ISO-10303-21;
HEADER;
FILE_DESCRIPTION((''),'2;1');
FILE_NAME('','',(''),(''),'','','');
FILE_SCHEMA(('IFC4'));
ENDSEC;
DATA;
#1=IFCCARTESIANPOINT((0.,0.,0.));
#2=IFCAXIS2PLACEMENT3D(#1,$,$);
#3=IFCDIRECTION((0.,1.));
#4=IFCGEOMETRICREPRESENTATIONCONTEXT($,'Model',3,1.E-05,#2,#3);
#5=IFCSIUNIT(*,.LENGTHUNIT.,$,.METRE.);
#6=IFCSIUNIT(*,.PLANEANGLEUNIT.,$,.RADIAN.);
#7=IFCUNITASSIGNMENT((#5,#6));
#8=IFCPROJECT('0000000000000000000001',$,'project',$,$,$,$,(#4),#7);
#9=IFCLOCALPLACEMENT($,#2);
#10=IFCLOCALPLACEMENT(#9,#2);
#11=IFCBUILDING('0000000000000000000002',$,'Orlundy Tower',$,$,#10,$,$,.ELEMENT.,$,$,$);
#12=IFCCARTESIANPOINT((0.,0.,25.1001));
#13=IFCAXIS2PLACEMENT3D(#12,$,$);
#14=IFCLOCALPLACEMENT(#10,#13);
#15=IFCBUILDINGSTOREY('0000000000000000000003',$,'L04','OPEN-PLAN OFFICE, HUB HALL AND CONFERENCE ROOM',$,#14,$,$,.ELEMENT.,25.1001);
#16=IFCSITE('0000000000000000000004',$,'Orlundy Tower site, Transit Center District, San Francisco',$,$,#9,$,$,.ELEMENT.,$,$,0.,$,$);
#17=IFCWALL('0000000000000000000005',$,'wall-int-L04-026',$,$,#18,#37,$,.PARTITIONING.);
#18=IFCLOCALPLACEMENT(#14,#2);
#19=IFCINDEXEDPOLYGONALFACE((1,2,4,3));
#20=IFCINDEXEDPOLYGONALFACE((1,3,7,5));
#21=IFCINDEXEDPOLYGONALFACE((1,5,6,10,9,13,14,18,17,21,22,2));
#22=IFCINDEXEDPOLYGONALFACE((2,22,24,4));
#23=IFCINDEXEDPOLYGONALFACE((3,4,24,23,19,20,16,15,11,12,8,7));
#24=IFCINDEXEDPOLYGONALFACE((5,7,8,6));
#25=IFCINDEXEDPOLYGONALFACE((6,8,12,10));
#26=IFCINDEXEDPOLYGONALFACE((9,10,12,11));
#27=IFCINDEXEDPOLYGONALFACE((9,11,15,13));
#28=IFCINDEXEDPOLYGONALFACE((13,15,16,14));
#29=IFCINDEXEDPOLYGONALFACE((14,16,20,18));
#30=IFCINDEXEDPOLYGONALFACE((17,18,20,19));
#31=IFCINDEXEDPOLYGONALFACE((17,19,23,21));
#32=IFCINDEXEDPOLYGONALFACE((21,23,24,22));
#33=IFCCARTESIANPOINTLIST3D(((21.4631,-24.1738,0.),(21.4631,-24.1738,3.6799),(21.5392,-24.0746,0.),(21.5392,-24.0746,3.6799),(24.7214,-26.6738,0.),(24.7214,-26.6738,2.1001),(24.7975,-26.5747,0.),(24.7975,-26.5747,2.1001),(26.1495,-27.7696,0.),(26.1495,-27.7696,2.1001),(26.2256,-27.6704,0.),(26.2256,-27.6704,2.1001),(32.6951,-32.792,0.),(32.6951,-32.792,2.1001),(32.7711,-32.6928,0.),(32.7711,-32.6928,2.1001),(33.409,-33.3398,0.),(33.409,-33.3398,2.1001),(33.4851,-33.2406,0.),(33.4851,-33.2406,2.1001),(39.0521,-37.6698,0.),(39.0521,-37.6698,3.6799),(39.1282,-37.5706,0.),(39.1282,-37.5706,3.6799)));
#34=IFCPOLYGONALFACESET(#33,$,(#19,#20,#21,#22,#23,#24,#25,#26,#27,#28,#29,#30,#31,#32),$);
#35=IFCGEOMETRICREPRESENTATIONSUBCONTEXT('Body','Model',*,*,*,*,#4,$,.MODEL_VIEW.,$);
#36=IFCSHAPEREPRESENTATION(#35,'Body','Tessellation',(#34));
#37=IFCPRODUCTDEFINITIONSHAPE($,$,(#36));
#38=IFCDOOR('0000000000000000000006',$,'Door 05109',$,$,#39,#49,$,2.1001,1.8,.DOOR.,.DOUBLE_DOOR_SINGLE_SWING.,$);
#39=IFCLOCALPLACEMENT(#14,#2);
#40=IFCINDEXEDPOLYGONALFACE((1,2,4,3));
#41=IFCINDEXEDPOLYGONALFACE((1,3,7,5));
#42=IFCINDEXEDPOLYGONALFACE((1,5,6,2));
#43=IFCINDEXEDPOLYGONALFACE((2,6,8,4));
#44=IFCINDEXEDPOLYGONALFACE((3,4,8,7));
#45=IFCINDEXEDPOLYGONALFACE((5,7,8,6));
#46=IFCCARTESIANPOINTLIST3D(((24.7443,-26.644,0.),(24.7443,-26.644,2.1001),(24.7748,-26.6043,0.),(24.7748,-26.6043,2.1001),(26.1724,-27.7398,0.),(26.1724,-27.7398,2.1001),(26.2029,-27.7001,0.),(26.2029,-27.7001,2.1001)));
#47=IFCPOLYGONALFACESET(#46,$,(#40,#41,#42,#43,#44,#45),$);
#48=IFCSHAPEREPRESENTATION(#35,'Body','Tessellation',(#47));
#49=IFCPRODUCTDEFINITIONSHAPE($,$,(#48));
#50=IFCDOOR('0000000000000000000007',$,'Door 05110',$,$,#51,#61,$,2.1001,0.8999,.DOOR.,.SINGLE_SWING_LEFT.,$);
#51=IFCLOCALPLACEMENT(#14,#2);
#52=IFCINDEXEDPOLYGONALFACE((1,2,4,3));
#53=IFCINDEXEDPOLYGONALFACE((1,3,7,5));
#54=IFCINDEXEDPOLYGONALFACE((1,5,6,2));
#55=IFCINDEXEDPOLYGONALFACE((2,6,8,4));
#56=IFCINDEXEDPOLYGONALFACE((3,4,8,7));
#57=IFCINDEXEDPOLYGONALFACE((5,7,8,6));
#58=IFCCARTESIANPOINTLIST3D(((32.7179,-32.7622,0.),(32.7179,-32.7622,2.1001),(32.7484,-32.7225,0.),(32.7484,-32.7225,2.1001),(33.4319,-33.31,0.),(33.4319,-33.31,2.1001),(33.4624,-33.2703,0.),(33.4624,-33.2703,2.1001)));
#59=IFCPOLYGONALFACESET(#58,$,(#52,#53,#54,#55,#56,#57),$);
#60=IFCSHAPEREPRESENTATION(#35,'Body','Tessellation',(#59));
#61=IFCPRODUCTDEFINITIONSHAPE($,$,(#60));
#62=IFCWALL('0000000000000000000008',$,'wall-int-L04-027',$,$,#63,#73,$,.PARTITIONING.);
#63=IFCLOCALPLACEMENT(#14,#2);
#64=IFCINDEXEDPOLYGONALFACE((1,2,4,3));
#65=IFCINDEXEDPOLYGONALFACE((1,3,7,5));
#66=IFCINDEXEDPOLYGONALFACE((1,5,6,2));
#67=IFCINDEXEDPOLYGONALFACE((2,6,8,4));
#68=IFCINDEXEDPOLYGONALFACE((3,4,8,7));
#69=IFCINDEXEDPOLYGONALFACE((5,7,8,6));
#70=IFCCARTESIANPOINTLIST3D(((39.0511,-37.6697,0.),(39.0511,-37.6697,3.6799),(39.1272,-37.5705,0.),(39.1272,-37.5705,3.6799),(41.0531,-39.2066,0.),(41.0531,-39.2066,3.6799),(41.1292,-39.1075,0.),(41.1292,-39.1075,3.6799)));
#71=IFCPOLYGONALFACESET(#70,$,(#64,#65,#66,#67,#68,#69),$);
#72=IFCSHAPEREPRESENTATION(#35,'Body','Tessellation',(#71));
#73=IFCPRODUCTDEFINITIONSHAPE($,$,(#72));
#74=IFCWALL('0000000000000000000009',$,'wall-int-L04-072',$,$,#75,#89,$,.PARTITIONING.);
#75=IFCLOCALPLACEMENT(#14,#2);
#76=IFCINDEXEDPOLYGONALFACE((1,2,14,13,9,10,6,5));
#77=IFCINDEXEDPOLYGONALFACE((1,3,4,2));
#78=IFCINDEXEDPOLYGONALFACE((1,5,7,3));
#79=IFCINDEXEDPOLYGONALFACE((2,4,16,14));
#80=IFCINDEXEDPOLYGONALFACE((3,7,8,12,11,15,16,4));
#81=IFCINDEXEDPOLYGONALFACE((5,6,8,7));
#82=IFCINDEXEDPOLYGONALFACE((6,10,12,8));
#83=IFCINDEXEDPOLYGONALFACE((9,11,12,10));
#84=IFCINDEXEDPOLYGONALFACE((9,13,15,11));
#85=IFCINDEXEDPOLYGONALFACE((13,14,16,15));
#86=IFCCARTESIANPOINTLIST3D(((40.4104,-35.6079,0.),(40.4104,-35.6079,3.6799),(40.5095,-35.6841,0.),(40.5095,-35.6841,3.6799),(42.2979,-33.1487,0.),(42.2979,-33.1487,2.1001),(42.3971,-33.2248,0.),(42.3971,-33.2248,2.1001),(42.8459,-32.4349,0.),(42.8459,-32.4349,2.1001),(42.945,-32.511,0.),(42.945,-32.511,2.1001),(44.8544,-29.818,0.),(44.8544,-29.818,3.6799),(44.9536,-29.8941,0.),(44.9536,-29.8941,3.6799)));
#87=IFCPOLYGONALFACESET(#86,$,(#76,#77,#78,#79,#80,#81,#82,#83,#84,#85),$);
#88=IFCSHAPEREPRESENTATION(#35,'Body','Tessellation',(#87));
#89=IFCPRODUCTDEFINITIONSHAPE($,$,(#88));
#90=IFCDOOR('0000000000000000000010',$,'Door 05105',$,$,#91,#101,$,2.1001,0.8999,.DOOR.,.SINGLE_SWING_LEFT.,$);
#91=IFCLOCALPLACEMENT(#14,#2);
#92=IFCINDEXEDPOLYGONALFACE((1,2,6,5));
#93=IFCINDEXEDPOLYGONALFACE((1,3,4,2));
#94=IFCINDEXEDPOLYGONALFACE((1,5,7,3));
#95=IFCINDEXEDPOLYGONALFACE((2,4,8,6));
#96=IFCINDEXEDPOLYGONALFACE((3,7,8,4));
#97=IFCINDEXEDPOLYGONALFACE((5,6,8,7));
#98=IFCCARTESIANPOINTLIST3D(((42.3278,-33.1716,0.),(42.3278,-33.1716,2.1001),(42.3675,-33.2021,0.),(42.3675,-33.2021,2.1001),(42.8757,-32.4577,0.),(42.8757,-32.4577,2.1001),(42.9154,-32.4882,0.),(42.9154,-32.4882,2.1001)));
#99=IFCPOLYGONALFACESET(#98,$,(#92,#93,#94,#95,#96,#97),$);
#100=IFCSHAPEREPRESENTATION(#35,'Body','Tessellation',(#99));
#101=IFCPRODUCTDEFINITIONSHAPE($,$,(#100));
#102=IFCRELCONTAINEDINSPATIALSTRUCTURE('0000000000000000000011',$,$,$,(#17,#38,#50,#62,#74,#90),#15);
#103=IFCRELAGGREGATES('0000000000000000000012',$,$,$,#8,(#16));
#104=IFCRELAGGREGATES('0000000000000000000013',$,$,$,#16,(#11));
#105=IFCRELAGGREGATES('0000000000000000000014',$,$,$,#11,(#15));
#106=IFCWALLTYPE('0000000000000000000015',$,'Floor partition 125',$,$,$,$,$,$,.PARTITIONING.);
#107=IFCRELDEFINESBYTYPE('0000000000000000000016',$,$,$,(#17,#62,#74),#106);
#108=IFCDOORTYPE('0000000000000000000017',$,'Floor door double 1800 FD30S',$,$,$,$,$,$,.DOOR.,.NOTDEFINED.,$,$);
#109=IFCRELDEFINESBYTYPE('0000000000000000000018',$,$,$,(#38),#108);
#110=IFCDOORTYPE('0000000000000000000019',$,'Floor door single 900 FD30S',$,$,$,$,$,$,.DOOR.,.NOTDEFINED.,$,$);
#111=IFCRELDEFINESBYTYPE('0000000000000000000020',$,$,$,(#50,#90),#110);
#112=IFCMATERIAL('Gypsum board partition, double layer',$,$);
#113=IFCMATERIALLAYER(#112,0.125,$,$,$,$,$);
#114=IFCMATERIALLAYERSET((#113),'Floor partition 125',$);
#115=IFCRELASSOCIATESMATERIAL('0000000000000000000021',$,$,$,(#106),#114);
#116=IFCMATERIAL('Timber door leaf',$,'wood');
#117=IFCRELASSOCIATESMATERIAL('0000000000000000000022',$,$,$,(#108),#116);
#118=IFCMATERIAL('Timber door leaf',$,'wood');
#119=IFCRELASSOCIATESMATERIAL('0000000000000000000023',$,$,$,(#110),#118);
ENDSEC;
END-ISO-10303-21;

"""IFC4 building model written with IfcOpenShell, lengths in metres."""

from ifc_helpers import new_model, si_unit, direction, frame, frame_2d, origin, place, context, subcontext, project, spatial, rectangle, extrude, material, layer, layer_set, type_object, element, fill, save


model = new_model("IFC4")

# Units and contexts
model_context = context("Model", 3, precision=1e-05, world=origin(), true_north=direction((0.0, 1.0)))
body_context = subcontext(model_context, "Body", "Model", "MODEL_VIEW")
ifc_project = project(units=[si_unit("LENGTHUNIT", "METRE"), si_unit("PLANEANGLEUNIT", "RADIAN")], contexts=[model_context])

# Site, building, storey
site_placement = place(None, origin())
site = spatial("IfcSite", under=ifc_project, at=site_placement, Name="Orlundy Tower site, Transit Center District, San Francisco", CompositionType="ELEMENT", RefElevation=0.0)
building_placement = place(site_placement, origin())
building = spatial("IfcBuilding", under=site, at=building_placement, Name="Orlundy Tower", CompositionType="ELEMENT")
storey_placement = place(building_placement, frame((0.0, 0.0, 25.1001)))
storey = spatial("IfcBuildingStorey", under=building, at=storey_placement, Name="L04", Description="OPEN-PLAN OFFICE, HUB HALL AND CONFERENCE ROOM", CompositionType="ELEMENT", Elevation=25.1001)

# Wall, openings, doors
ifc_material_1 = material(Name="Gypsum board partition, double layer")
ifc_layer_1 = layer(ifc_material_1, 0.125)
ifc_layer_set_1 = layer_set([ifc_layer_1], Name="Floor partition 125")
wall_type_1 = type_object("IfcWallType", Name="Floor partition 125", PredefinedType="PARTITIONING", material=ifc_layer_set_1)
wall_1_placement = place(storey_placement, frame((39.0901, -37.6201, 0.0), z_axis=(0.0, 0.0, 1.0), x_axis=(-0.793364, 0.608747, 0.0)))
wall_1 = element("IfcWall", 1, at=wall_1_placement, inside=storey, type_object=wall_type_1, Name="wall-int-L04-026", PredefinedType="PARTITIONING", context=body_context, shape_type="SweptSolid", body=[
    extrude(rectangle(XDim=22.1702, YDim=0.125, at=frame_2d((11.085, 0.0))), origin(), (0.0, 0.0, 1.0), 3.6799),
])
opening_1_placement = place(wall_1_placement, frame((16.2632, 0.0, 0.0)))
opening_1 = element("IfcOpeningElement", 2, at=opening_1_placement, cuts=wall_1, PredefinedType="OPENING", context=body_context, shape_type="SweptSolid", body=[
    extrude(rectangle(XDim=1.8, YDim=2.1001, at=frame_2d((0.8999, 1.05))), frame((0.0, 0.0725, 0.0), z_axis=(0.0, -1.0, 0.0), x_axis=(1.0, 0.0, 0.0)), (0.0, 0.0, 1.0), 0.145),
])
opening_2_placement = place(wall_1_placement, frame((7.1128, 0.0, 0.0)))
opening_2 = element("IfcOpeningElement", 3, at=opening_2_placement, cuts=wall_1, PredefinedType="OPENING", context=body_context, shape_type="SweptSolid", body=[
    extrude(rectangle(XDim=0.8999, YDim=2.1001, at=frame_2d((0.45, 1.05))), frame((0.0, 0.0725, 0.0), z_axis=(0.0, -1.0, 0.0), x_axis=(1.0, 0.0, 0.0)), (0.0, 0.0, 1.0), 0.145),
])
ifc_material_2 = material(Name="Timber door leaf", Category="wood")
door_type_1 = type_object("IfcDoorType", Name="Floor door double 1800 FD30S", OperationType="NOTDEFINED", PredefinedType="DOOR", material=ifc_material_2)
door_1_placement = place(opening_1_placement, origin())
door_1 = element("IfcDoor", 4, at=door_1_placement, inside=storey, type_object=door_type_1, Name="Door 05109", OperationType="DOUBLE_DOOR_SINGLE_SWING", OverallHeight=2.1001, OverallWidth=1.8, PredefinedType="DOOR", context=body_context, shape_type="SweptSolid", body=[
    extrude(rectangle(XDim=1.8, YDim=2.1001, at=frame_2d((0.8999, 1.05))), frame((0.0, 0.0249, 0.0), z_axis=(0.0, -1.0, 0.0), x_axis=(1.0, 0.0, 0.0)), (0.0, 0.0, 1.0), 0.05),
])
fill(opening_1, door_1)
ifc_material_3 = material(Name="Timber door leaf", Category="wood")
door_type_2 = type_object("IfcDoorType", Name="Floor door single 900 FD30S", OperationType="NOTDEFINED", PredefinedType="DOOR", material=ifc_material_3)
door_2_placement = place(opening_2_placement, origin())
door_2 = element("IfcDoor", 5, at=door_2_placement, inside=storey, type_object=door_type_2, Name="Door 05110", OperationType="SINGLE_SWING_LEFT", OverallHeight=2.1001, OverallWidth=0.8999, PredefinedType="DOOR", context=body_context, shape_type="SweptSolid", body=[
    extrude(rectangle(XDim=0.8999, YDim=2.1001, at=frame_2d((0.45, 1.05))), frame((0.0, 0.0249, 0.0), z_axis=(0.0, -1.0, 0.0), x_axis=(1.0, 0.0, 0.0)), (0.0, 0.0, 1.0), 0.05),
])
fill(opening_2, door_2)

# Wall
wall_2_placement = place(storey_placement, frame((39.0891, -37.6201, 0.0), z_axis=(0.0, 0.0, 1.0), x_axis=(0.793217, -0.608939, 0.0)))
element("IfcWall", 6, at=wall_2_placement, inside=storey, type_object=wall_type_1, Name="wall-int-L04-027", PredefinedType="PARTITIONING", context=body_context, shape_type="SweptSolid", body=[
    extrude(rectangle(XDim=2.5239, YDim=0.125, at=frame_2d((1.262, 0.0))), origin(), (0.0, 0.0, 1.0), 3.6799),
])

# Wall, opening, door
wall_3_placement = place(storey_placement, frame((40.46, -35.646, 0.0), z_axis=(0.0, 0.0, 1.0), x_axis=(0.608868, 0.793271, 0.0)))
wall_3 = element("IfcWall", 7, at=wall_3_placement, inside=storey, type_object=wall_type_1, Name="wall-int-L04-072", PredefinedType="PARTITIONING", context=body_context, shape_type="SweptSolid", body=[
    extrude(rectangle(XDim=7.2988, YDim=0.125, at=frame_2d((3.6494, 0.0))), origin(), (0.0, 0.0, 1.0), 3.6799),
])
opening_3_placement = place(wall_3_placement, frame((3.1001, 0.0, 0.0)))
opening_3 = element("IfcOpeningElement", 8, at=opening_3_placement, cuts=wall_3, PredefinedType="OPENING", context=body_context, shape_type="SweptSolid", body=[
    extrude(rectangle(XDim=0.8999, YDim=2.1001, at=frame_2d((0.45, 1.05))), frame((0.0, 0.0725, 0.0), z_axis=(0.0, -1.0, 0.0), x_axis=(1.0, 0.0, 0.0)), (0.0, 0.0, 1.0), 0.145),
])
door_3_placement = place(opening_3_placement, origin())
door_3 = element("IfcDoor", 9, at=door_3_placement, inside=storey, type_object=door_type_2, Name="Door 05105", OperationType="SINGLE_SWING_LEFT", OverallHeight=2.1001, OverallWidth=0.8999, PredefinedType="DOOR", context=body_context, shape_type="SweptSolid", body=[
    extrude(rectangle(XDim=0.8999, YDim=2.1001, at=frame_2d((0.45, 1.05))), frame((0.0, 0.0249, 0.0), z_axis=(0.0, -1.0, 0.0), x_axis=(1.0, 0.0, 0.0)), (0.0, 0.0, 1.0), 0.05),
])
fill(opening_3, door_3)

save(model, "model.ifc")
